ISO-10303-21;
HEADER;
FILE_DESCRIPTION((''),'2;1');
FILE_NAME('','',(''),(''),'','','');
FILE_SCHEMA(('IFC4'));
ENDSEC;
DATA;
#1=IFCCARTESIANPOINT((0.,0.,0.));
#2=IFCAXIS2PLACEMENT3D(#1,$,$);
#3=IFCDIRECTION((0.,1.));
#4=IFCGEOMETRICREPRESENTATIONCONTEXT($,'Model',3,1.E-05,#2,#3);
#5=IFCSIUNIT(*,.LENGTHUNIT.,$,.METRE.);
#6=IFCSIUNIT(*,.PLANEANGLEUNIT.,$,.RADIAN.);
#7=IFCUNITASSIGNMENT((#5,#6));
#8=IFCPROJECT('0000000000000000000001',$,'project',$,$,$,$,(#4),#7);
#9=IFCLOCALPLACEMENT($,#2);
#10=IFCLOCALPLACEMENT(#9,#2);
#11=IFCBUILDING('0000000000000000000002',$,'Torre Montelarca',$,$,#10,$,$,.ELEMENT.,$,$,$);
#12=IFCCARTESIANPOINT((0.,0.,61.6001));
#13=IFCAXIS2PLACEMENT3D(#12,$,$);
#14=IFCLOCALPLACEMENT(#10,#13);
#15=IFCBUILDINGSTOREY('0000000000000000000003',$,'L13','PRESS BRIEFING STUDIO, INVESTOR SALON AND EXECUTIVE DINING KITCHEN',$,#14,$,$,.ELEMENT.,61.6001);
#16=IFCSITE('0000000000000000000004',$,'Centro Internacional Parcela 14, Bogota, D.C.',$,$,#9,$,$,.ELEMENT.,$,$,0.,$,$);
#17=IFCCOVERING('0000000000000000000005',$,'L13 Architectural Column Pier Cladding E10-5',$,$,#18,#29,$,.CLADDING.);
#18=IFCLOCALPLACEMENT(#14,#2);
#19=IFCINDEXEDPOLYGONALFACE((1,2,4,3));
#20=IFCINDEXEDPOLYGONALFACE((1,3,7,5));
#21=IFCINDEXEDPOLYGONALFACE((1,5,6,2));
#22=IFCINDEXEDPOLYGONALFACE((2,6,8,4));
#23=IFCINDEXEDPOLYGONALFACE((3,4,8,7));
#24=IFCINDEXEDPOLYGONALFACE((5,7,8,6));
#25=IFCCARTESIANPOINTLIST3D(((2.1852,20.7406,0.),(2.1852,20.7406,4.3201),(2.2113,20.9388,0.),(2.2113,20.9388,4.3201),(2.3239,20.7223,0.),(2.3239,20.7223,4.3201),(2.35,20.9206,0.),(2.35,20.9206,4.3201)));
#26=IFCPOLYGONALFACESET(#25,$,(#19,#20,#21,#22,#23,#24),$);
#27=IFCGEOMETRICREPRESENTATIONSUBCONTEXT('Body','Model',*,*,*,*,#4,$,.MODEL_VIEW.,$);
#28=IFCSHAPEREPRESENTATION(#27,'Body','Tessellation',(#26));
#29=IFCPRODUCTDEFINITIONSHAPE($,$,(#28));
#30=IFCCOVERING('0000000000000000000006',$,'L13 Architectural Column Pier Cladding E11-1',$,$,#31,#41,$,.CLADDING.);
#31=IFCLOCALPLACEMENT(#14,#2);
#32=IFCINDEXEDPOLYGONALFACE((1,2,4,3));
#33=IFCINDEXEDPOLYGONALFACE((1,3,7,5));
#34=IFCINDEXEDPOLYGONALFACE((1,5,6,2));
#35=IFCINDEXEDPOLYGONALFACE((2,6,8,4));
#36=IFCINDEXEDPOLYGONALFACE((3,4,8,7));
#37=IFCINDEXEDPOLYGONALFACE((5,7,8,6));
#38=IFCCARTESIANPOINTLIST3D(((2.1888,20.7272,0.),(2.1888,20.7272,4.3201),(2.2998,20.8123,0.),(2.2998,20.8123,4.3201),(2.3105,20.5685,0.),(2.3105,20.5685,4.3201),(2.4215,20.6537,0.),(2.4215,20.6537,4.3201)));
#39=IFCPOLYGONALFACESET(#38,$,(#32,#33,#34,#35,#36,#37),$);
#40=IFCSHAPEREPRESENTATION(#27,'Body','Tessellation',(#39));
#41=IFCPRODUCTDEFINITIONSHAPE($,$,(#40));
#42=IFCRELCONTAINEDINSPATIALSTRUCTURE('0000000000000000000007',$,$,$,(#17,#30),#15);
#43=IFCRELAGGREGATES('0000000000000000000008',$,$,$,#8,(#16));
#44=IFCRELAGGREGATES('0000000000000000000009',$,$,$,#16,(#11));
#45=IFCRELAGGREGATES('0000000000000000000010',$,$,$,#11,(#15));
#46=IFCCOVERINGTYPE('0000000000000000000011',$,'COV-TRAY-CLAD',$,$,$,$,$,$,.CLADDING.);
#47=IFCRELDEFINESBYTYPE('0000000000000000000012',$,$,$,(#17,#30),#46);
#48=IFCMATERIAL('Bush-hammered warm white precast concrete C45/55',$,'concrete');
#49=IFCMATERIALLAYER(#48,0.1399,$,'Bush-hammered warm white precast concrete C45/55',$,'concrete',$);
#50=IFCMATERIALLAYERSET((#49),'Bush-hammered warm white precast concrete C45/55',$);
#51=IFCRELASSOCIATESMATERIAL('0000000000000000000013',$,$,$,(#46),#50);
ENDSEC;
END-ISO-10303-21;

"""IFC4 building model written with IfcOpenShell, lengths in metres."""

from ifc_helpers import new_model, si_unit, direction, frame, origin, origin_2d, place, context, subcontext, project, spatial, rectangle, extrude, source, transform, mapped, material, layer, layer_set, type_object, element, save


model = new_model("IFC4")

# Units and contexts
model_context = context("Model", 3, precision=1e-05, world=origin(), true_north=direction((0.0, 1.0)))
body_context = subcontext(model_context, "Body", "Model", "MODEL_VIEW")
ifc_project = project(units=[si_unit("LENGTHUNIT", "METRE"), si_unit("PLANEANGLEUNIT", "RADIAN")], contexts=[model_context])

# Site, building, storey
site_placement = place(None, origin())
site = spatial("IfcSite", under=ifc_project, at=site_placement, Name="Centro Internacional Parcela 14, Bogota, D.C.", CompositionType="ELEMENT", RefElevation=0.0)
building_placement = place(site_placement, origin())
building = spatial("IfcBuilding", under=site, at=building_placement, Name="Torre Montelarca", CompositionType="ELEMENT")
storey_placement = place(building_placement, frame((0.0, 0.0, 61.6001)))
storey = spatial("IfcBuildingStorey", under=building, at=storey_placement, Name="L13", Description="PRESS BRIEFING STUDIO, INVESTOR SALON AND EXECUTIVE DINING KITCHEN", CompositionType="ELEMENT", Elevation=61.6001)

# Coverings
ifc_material_1 = material(Name="Bush-hammered warm white precast concrete C45/55", Category="concrete")
ifc_layer_1 = layer(ifc_material_1, 0.1399, Name="Bush-hammered warm white precast concrete C45/55", Category="concrete")
ifc_layer_set_1 = layer_set([ifc_layer_1], Name="Bush-hammered warm white precast concrete C45/55")
covering_type = type_object("IfcCoveringType", Name="COV-TRAY-CLAD", PredefinedType="CLADDING", material=ifc_layer_set_1)
shared_shape_1 = source(origin(), body_context, "Body", "SweptSolid", [
    extrude(rectangle(XDim=0.2, YDim=0.1399, at=origin_2d()), origin(), (0.0, 0.0, 1.0), 4.3201),
])
for number, where, z_axis, x_axis, name in (
    (1, (2.2676, 20.8306, 0.0), (0.0, 0.0, 1.0), (-0.130528, -0.991445, 0.0), "L13 Architectural Column Pier Cladding E10-5"),
    (2, (2.3052, 20.6904, 0.0), (0.0, 0.0, 1.0), (0.608774, -0.793344, 0.0), "L13 Architectural Column Pier Cladding E11-1"),
):
    element("IfcCovering", number, at=place(storey_placement, frame(where, z_axis=z_axis, x_axis=x_axis)), inside=storey, type_object=covering_type, Name=name, PredefinedType="CLADDING", context=body_context, shape_type="MappedRepresentation", body=[
        mapped(shared_shape_1, transform((0.0, 0.0, 0.0), scale=1.0)),
    ])

save(model, "model.ifc")
